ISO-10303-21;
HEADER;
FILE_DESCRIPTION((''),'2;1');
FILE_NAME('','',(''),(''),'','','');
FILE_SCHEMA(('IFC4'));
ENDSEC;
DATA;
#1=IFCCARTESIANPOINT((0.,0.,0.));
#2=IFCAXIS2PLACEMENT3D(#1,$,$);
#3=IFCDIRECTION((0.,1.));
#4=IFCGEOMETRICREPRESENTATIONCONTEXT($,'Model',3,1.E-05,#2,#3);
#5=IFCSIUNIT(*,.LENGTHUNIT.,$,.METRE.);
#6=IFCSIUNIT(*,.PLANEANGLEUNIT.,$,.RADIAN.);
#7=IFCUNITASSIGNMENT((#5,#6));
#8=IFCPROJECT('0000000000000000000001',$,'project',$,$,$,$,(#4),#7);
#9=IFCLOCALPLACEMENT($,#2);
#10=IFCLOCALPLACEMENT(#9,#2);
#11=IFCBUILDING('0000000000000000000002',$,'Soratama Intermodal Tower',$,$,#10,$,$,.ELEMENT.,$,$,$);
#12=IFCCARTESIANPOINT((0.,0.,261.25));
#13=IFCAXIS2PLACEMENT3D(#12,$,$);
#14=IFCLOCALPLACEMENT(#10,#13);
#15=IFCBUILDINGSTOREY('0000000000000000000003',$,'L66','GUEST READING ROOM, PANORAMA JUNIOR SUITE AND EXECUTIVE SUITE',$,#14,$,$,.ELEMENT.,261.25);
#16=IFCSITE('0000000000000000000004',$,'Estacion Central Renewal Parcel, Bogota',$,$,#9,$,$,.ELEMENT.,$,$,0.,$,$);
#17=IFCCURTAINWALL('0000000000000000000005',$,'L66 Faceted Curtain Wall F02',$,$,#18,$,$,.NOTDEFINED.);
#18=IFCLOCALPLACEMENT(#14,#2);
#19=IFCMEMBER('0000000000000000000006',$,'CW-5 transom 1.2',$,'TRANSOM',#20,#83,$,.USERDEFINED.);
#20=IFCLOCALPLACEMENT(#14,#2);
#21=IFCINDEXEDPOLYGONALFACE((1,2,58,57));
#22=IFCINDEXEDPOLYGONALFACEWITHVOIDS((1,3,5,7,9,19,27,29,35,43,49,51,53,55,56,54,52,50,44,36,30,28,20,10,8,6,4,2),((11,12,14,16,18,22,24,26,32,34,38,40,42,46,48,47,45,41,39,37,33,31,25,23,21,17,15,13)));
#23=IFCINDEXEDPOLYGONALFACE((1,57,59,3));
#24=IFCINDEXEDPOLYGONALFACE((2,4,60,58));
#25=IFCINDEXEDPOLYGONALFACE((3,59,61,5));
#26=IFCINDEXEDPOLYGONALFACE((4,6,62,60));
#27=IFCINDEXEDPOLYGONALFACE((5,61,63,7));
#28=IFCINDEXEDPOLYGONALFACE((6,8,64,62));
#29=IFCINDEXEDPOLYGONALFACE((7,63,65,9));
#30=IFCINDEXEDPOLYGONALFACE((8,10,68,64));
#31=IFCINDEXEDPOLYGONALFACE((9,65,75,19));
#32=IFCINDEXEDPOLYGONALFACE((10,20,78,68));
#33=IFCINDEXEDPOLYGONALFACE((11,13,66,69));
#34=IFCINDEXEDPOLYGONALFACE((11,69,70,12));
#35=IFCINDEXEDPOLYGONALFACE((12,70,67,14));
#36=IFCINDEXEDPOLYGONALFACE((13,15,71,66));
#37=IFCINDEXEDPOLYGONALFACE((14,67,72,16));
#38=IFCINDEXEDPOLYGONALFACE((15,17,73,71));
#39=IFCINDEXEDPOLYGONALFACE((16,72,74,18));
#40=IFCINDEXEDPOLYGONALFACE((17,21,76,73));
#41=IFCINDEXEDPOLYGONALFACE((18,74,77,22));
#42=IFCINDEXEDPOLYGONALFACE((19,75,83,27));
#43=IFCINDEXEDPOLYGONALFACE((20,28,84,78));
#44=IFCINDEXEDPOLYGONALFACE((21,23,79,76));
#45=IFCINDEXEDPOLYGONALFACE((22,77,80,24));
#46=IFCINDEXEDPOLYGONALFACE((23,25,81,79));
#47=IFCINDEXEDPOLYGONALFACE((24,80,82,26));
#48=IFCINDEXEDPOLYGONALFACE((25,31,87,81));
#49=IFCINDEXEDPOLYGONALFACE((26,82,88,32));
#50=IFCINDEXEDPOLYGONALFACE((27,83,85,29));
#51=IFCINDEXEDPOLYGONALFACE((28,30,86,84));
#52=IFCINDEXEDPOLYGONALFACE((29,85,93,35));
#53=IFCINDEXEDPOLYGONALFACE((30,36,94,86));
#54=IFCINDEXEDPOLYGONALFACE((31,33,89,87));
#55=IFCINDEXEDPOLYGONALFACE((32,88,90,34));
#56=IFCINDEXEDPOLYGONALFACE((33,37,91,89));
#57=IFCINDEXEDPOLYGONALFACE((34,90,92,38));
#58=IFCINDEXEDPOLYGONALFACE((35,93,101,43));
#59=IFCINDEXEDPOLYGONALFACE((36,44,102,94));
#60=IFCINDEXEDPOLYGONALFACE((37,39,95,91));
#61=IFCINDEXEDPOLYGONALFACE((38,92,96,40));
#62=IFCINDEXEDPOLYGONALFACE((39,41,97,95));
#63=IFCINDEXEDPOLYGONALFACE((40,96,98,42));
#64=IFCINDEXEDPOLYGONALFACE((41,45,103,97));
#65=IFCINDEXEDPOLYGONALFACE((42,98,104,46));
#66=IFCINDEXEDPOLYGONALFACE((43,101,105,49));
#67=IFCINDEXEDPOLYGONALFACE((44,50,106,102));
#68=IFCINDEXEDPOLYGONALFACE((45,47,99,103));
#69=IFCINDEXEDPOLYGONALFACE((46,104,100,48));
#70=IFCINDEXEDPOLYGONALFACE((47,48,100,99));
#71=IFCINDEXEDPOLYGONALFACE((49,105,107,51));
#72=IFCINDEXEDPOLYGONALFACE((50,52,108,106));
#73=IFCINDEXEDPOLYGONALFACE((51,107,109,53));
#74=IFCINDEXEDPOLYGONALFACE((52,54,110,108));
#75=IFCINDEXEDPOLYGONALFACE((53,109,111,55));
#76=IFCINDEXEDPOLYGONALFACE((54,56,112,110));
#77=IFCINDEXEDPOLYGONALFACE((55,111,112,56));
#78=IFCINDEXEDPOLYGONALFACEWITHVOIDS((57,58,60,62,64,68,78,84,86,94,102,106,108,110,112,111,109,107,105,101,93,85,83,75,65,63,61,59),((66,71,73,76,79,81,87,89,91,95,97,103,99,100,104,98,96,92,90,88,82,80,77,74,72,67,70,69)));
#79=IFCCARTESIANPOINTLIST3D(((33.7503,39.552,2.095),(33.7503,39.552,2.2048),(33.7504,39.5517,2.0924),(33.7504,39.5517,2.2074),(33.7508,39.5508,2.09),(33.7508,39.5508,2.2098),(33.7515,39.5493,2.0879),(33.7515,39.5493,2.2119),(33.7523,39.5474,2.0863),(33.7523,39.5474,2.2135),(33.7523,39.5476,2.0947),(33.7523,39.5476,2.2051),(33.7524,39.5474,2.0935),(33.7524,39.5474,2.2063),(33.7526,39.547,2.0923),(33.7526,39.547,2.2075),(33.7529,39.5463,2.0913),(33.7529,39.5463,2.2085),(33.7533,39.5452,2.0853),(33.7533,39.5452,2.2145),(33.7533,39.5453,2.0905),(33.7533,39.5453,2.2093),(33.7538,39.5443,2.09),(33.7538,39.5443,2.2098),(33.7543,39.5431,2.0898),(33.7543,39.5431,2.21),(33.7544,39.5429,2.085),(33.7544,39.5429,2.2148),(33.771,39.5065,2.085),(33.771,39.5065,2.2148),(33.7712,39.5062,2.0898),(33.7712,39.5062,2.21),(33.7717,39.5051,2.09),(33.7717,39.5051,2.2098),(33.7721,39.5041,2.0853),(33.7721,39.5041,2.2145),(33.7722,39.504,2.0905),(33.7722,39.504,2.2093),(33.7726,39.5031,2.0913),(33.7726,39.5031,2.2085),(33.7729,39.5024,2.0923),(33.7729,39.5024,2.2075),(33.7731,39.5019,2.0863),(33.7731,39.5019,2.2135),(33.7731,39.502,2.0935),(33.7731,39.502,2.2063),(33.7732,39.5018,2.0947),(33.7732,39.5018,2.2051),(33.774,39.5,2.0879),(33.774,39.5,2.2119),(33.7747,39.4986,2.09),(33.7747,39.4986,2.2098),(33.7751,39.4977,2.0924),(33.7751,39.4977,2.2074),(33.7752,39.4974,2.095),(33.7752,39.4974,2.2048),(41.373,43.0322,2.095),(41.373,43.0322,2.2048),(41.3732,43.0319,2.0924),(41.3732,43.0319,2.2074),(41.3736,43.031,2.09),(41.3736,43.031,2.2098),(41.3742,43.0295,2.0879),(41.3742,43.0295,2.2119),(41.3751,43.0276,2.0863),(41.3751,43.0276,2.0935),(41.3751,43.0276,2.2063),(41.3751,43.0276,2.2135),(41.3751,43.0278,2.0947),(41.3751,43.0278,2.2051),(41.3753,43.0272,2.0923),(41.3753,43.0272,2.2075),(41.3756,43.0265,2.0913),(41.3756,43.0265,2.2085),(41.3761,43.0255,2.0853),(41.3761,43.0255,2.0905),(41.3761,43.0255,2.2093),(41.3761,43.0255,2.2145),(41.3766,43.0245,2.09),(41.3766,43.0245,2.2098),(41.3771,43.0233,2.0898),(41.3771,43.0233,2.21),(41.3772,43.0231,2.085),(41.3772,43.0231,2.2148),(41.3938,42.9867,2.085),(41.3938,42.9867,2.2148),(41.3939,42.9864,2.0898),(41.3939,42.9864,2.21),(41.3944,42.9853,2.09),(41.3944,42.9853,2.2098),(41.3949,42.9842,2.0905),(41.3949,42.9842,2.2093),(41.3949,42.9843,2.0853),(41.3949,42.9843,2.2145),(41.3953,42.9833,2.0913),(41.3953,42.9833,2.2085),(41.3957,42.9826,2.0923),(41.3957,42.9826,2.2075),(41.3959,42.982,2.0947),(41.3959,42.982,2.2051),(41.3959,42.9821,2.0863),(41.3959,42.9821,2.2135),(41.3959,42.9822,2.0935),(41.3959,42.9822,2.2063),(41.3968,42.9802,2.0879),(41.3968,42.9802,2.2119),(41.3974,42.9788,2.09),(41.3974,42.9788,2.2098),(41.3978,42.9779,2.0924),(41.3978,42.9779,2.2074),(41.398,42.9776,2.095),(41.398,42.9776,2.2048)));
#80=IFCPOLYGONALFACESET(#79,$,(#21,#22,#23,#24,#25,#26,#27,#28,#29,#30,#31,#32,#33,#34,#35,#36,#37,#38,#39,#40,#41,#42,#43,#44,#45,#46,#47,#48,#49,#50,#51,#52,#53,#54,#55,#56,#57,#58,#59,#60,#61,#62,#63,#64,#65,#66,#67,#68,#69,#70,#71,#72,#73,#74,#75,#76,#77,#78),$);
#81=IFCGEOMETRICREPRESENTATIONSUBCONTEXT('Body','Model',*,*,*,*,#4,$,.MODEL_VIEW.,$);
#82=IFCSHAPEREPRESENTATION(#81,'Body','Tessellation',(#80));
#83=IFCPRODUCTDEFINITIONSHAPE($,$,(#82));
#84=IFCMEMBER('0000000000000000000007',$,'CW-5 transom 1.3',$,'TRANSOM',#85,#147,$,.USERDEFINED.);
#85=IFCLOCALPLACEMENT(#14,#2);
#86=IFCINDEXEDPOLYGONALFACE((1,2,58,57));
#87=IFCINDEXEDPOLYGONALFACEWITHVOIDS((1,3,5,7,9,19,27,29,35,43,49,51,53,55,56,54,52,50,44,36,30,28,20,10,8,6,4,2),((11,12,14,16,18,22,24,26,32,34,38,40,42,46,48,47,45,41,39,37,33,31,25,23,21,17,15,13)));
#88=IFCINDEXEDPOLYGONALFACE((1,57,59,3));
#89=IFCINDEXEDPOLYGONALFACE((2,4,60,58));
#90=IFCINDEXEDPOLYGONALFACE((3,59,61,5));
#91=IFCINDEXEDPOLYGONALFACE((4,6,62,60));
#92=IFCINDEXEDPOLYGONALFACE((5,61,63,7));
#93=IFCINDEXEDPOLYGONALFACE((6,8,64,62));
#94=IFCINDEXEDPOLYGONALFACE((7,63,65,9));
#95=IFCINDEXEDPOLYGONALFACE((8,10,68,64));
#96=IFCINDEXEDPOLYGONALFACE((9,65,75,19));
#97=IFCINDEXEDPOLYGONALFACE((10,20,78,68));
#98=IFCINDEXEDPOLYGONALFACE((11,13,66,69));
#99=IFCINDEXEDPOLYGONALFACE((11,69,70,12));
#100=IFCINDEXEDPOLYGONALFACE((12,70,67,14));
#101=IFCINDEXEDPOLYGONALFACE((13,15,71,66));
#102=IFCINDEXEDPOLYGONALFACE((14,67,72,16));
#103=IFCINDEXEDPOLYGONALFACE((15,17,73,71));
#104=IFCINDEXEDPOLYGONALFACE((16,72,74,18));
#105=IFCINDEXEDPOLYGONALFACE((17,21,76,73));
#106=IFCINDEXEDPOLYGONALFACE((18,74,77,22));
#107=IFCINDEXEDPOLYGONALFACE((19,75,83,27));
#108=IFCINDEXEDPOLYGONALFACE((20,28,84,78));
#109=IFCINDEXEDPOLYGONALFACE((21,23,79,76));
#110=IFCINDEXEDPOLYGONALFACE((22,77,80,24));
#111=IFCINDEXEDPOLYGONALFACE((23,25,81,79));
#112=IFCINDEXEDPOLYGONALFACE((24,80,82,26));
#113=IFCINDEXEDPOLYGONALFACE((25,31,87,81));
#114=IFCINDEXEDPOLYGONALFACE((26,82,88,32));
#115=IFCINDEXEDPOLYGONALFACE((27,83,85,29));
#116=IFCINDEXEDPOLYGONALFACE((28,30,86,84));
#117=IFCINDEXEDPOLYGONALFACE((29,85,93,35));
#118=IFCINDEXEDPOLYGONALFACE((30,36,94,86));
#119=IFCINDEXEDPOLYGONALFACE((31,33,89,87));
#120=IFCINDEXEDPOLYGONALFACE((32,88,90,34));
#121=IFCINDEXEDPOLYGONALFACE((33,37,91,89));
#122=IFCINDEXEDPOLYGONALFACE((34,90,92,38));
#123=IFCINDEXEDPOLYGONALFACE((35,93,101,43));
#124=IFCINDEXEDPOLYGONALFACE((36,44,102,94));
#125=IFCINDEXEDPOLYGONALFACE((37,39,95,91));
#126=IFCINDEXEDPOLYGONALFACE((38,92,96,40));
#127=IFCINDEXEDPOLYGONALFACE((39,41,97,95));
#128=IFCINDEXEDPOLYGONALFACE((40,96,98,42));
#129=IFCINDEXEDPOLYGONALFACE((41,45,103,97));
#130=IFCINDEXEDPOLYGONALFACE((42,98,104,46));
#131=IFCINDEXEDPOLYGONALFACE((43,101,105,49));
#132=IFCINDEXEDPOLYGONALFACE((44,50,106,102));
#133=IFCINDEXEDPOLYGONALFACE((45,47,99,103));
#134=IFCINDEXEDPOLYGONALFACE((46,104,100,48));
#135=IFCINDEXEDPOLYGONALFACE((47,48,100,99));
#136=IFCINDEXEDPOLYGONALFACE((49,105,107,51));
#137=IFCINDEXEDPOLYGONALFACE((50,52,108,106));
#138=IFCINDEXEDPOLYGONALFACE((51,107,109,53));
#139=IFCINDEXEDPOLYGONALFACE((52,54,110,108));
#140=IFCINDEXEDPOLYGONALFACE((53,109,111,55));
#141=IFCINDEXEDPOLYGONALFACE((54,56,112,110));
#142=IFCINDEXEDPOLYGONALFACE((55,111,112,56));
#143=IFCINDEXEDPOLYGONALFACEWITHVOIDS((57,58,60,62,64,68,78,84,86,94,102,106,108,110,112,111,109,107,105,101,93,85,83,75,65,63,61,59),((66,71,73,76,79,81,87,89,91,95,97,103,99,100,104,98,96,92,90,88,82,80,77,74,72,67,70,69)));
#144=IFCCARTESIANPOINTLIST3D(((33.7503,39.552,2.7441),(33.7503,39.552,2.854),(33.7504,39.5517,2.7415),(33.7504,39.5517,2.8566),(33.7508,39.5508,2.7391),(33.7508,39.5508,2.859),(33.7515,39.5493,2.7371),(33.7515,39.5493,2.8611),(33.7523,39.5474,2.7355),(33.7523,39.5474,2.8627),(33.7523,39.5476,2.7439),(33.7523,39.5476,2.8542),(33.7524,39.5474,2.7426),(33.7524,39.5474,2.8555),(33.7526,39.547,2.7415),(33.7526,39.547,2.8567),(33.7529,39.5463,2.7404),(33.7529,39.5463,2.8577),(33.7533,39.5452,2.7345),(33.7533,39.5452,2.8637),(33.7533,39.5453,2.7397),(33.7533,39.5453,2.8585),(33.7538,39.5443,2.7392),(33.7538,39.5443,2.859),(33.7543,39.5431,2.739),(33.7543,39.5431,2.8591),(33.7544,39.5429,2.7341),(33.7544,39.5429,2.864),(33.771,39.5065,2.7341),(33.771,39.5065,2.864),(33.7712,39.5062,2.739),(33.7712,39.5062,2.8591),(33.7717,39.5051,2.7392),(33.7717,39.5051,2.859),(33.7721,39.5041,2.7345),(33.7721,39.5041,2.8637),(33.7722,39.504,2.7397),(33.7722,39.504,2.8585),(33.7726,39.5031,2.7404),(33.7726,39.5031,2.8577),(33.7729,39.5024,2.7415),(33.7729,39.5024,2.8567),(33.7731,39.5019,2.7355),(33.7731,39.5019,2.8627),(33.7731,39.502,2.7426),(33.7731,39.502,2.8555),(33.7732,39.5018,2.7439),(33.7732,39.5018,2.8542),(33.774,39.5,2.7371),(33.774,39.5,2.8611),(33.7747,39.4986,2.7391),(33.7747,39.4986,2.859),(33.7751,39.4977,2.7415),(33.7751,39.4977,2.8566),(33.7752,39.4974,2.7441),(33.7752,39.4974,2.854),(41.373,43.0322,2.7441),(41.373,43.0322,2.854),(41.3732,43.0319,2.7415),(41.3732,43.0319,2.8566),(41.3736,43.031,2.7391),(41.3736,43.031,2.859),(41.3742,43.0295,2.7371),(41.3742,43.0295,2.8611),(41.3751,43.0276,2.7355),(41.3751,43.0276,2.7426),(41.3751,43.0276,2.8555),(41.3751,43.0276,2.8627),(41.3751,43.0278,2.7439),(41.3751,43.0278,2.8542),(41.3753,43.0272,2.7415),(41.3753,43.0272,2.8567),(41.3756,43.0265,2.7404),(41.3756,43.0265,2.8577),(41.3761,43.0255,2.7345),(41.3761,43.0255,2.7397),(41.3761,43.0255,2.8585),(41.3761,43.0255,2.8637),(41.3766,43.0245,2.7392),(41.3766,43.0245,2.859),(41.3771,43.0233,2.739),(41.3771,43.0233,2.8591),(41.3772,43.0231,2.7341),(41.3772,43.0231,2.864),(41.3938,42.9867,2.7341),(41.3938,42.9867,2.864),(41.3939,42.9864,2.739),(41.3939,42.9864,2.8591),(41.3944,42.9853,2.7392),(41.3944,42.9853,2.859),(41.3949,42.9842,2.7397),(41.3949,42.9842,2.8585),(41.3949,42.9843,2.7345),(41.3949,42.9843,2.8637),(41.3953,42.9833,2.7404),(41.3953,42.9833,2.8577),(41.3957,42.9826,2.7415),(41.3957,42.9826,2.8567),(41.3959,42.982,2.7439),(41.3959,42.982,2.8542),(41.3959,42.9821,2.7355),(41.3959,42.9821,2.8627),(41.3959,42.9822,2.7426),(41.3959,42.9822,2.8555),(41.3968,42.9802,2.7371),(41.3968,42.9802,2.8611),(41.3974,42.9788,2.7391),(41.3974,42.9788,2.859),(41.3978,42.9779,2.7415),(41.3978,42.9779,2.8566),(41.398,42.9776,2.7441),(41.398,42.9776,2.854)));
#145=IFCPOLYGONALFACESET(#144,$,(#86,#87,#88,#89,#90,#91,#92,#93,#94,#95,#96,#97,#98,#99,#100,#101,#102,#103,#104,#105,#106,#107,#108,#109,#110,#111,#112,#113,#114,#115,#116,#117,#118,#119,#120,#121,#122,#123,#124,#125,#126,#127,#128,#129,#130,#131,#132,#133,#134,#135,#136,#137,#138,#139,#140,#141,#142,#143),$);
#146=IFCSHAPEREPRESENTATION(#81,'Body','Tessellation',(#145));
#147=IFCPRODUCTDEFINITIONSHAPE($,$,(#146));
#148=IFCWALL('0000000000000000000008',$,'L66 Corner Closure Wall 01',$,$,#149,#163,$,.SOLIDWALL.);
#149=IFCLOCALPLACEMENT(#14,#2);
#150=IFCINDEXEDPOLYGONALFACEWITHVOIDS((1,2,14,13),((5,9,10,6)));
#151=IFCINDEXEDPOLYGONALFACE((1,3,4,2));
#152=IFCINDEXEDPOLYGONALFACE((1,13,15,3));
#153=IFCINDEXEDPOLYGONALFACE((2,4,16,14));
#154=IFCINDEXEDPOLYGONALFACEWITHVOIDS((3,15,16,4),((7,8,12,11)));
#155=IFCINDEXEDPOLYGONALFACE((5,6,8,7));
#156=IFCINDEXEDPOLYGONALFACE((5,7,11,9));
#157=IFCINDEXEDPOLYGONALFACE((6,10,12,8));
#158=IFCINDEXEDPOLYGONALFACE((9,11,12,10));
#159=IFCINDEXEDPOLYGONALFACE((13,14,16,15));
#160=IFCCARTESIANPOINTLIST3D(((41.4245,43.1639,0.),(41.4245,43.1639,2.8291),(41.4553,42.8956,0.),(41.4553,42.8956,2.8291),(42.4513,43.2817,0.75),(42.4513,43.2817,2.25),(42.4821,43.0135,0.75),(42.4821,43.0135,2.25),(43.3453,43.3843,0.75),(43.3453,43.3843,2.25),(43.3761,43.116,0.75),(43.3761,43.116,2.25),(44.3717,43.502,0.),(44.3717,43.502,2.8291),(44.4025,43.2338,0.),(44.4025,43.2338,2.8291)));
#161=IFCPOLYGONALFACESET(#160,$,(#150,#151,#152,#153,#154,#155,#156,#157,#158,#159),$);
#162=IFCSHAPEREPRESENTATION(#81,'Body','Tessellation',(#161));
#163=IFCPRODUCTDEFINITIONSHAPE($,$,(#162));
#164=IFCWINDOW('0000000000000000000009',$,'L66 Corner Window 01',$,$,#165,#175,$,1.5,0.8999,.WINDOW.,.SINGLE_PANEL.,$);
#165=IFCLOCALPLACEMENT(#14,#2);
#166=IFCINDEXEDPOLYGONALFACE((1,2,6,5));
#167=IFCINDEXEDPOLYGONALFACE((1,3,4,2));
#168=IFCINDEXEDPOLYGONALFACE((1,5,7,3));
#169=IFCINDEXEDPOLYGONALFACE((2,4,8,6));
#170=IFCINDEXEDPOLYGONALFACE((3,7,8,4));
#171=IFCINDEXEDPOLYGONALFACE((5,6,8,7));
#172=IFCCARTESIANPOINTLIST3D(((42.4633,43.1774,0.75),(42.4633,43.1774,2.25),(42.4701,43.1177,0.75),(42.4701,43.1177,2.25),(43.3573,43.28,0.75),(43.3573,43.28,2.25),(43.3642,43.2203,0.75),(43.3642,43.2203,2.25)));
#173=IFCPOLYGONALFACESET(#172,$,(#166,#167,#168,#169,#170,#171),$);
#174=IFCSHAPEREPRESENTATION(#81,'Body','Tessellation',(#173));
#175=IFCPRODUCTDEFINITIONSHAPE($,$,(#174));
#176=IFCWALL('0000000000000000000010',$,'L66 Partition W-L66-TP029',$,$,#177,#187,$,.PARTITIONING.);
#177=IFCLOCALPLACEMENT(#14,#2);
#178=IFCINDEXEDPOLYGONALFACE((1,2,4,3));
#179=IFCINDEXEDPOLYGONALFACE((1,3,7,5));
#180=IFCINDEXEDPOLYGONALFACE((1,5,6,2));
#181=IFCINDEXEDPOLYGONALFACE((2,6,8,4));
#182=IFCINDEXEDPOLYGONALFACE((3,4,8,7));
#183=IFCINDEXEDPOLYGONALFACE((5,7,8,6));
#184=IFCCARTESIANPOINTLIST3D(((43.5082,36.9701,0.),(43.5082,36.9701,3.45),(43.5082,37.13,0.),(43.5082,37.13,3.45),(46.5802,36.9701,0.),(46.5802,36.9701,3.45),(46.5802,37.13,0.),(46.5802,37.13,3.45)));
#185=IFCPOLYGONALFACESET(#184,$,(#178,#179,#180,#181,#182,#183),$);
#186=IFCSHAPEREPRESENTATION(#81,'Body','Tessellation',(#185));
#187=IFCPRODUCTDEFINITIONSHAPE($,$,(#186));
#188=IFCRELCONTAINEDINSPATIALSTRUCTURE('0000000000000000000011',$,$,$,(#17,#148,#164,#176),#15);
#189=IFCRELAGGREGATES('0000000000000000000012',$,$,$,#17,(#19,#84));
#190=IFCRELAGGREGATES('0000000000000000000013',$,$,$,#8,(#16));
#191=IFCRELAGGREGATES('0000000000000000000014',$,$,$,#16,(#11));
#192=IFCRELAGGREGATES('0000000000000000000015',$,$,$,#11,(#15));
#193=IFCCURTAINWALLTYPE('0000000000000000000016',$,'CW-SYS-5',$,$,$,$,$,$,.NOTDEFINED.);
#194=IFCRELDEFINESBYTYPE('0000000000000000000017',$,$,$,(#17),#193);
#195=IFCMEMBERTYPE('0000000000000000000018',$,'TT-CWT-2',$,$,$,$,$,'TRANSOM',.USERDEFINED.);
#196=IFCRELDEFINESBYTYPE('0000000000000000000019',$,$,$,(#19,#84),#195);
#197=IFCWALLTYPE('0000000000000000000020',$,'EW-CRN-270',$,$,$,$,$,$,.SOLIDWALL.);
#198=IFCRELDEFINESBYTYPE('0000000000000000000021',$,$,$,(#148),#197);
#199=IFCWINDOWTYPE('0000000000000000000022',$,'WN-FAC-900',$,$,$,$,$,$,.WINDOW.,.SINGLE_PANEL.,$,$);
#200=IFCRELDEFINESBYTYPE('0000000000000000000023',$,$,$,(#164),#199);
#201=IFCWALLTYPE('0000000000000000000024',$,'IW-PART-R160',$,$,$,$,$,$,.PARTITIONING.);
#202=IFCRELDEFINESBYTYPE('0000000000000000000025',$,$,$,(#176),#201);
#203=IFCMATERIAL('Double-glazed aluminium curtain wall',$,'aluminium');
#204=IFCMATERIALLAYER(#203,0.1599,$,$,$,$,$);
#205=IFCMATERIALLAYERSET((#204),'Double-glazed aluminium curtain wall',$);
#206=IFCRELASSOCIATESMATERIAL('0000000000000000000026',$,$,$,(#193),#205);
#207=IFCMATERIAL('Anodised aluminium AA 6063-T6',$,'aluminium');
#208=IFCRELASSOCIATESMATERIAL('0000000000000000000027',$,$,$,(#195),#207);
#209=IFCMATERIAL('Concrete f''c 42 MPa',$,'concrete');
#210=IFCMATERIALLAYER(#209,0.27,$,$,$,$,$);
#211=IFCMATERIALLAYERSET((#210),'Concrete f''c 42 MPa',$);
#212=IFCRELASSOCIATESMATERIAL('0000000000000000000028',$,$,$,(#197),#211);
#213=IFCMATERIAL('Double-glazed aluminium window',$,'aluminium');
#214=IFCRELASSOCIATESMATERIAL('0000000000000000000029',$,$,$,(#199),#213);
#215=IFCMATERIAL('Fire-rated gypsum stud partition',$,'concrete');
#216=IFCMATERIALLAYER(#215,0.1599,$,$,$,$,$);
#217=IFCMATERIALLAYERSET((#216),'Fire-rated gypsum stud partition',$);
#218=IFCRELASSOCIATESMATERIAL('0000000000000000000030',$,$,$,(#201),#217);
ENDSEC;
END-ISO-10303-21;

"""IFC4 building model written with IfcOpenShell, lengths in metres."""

from ifc_helpers import new_model, si_unit, direction, frame, frame_2d, origin, origin_2d, place, context, subcontext, project, spatial, rectangle, hollow_rectangle, extrude, material, layer, layer_set, material_profile, profile_set, type_object, element, fill, aggregate, save


model = new_model("IFC4")

# Units and contexts
model_context = context("Model", 3, precision=1e-05, world=origin(), true_north=direction((0.0, 1.0)))
body_context = subcontext(model_context, "Body", "Model", "MODEL_VIEW")
ifc_project = project(units=[si_unit("LENGTHUNIT", "METRE"), si_unit("PLANEANGLEUNIT", "RADIAN")], contexts=[model_context])

# Site, building, storey
site_placement = place(None, origin())
site = spatial("IfcSite", under=ifc_project, at=site_placement, Name="Estacion Central Renewal Parcel, Bogota", CompositionType="ELEMENT", RefElevation=0.0)
building_placement = place(site_placement, origin())
building = spatial("IfcBuilding", under=site, at=building_placement, Name="Soratama Intermodal Tower", CompositionType="ELEMENT")
storey_placement = place(building_placement, frame((0.0, 0.0, 261.25)))
storey = spatial("IfcBuildingStorey", under=building, at=storey_placement, Name="L66", Description="GUEST READING ROOM, PANORAMA JUNIOR SUITE AND EXECUTIVE SUITE", CompositionType="ELEMENT", Elevation=261.25)

# Curtain wall, members
ifc_material_1 = material(Name="Double-glazed aluminium curtain wall", Category="aluminium")
ifc_layer_1 = layer(ifc_material_1, 0.1599)
ifc_layer_set_1 = layer_set([ifc_layer_1], Name="Double-glazed aluminium curtain wall")
curtain_wall_type = type_object("IfcCurtainWallType", Name="CW-SYS-5", PredefinedType="NOTDEFINED", material=ifc_layer_set_1)
curtain_wall_placement = place(storey_placement, origin())
curtain_wall = element("IfcCurtainWall", 1, at=curtain_wall_placement, inside=storey, type_object=curtain_wall_type, Name="L66 Faceted Curtain Wall F02", PredefinedType="NOTDEFINED")
ifc_material_2 = material(Name="Anodised aluminium AA 6063-T6", Category="aluminium")
ifc_material_profile_1 = material_profile(ifc_material_2, hollow_rectangle(XDim=0.0601, YDim=0.1299, WallThickness=0.0049, InnerFilletRadius=0.0049, OuterFilletRadius=0.01, at=origin_2d()), Name="CWT130X60X5")
ifc_profile_set_1 = profile_set([ifc_material_profile_1], Name="Anodised aluminium AA 6063-T6")
member_type_1 = type_object("IfcMemberType", Name="TT-CWT-2", ElementType="TRANSOM", PredefinedType="USERDEFINED", material=ifc_profile_set_1)
member_1_placement = place(storey_placement, frame((41.3855, 43.0049, 2.1499), z_axis=(-0.909677, -0.415317, 0.0), x_axis=(0.415317, -0.909677, 0.0)))
member_1 = element("IfcMember", 2, at=member_1_placement, type_object=member_type_1, Name="CW-5 transom 1.2", ObjectType="TRANSOM", PredefinedType="USERDEFINED", context=body_context, shape_type="SweptSolid", body=[
    extrude(hollow_rectangle(XDim=0.0601, YDim=0.1299, WallThickness=0.0049, InnerFilletRadius=0.0049, OuterFilletRadius=0.01, at=origin_2d()), origin(), (0.0, 0.0, 1.0), 8.3796),
])
member_2_placement = place(storey_placement, frame((41.3855, 43.0049, 2.7991), z_axis=(-0.909677, -0.415317, 0.0), x_axis=(0.415317, -0.909677, 0.0)))
member_2 = element("IfcMember", 3, at=member_2_placement, type_object=member_type_1, Name="CW-5 transom 1.3", ObjectType="TRANSOM", PredefinedType="USERDEFINED", context=body_context, shape_type="SweptSolid", body=[
    extrude(hollow_rectangle(XDim=0.0601, YDim=0.1299, WallThickness=0.0049, InnerFilletRadius=0.0049, OuterFilletRadius=0.01, at=origin_2d()), origin(), (0.0, 0.0, 1.0), 8.3796),
])
aggregate(curtain_wall, [member_1, member_2])

# Wall, opening, window
ifc_material_3 = material(Name="Concrete f'c 42 MPa", Category="concrete")
ifc_layer_2 = layer(ifc_material_3, 0.27)
ifc_layer_set_2 = layer_set([ifc_layer_2], Name="Concrete f'c 42 MPa")
wall_type_1 = type_object("IfcWallType", Name="EW-CRN-270", PredefinedType="SOLIDWALL", material=ifc_layer_set_2)
wall_1_placement = place(storey_placement, frame((44.3872, 43.3679, 0.0), z_axis=(0.0, 0.0, 1.0), x_axis=(-0.993483, -0.113981, 0.0)))
wall_1 = element("IfcWall", 4, at=wall_1_placement, inside=storey, type_object=wall_type_1, Name="L66 Corner Closure Wall 01", PredefinedType="SOLIDWALL", context=body_context, shape_type="SweptSolid", body=[
    extrude(rectangle(XDim=2.9666, YDim=0.27, at=frame_2d((1.4834, 0.0))), origin(), (0.0, 0.0, 1.0), 2.8291),
])
opening_1_placement = place(wall_1_placement, frame((1.0332, 0.0, 0.75)))
opening_1 = element("IfcOpeningElement", 5, at=opening_1_placement, cuts=wall_1, PredefinedType="OPENING", context=body_context, shape_type="SweptSolid", body=[
    extrude(rectangle(XDim=0.8999, YDim=1.5, at=frame_2d((0.45, 0.75))), frame((0.0, 0.145, 0.0), z_axis=(0.0, -1.0, 0.0), x_axis=(1.0, 0.0, 0.0)), (0.0, 0.0, 1.0), 0.29),
])
ifc_material_4 = material(Name="Double-glazed aluminium window", Category="aluminium")
window_type = type_object("IfcWindowType", Name="WN-FAC-900", PartitioningType="SINGLE_PANEL", PredefinedType="WINDOW", material=ifc_material_4)
window_placement = place(opening_1_placement, origin())
window = element("IfcWindow", 6, at=window_placement, inside=storey, type_object=window_type, Name="L66 Corner Window 01", OverallHeight=1.5, OverallWidth=0.8999, PartitioningType="SINGLE_PANEL", PredefinedType="WINDOW", context=body_context, shape_type="SweptSolid", body=[
    extrude(rectangle(XDim=0.8999, YDim=1.5, at=frame_2d((0.45, 0.75))), frame((0.0, 0.03, 0.0), z_axis=(0.0, -1.0, 0.0), x_axis=(1.0, 0.0, 0.0)), (0.0, 0.0, 1.0), 0.0601),
])
fill(opening_1, window)

# Shared definitions
ifc_material_5 = material(Name="Fire-rated gypsum stud partition", Category="concrete")
ifc_layer_3 = layer(ifc_material_5, 0.1599)
ifc_layer_set_3 = layer_set([ifc_layer_3], Name="Fire-rated gypsum stud partition")
wall_type_2 = type_object("IfcWallType", Name="IW-PART-R160", PredefinedType="PARTITIONING", material=ifc_layer_set_3)

# Wall
wall_2_placement = place(storey_placement, frame((43.5081, 37.05, 0.0), z_axis=(0.0, 0.0, 1.0), x_axis=(1.0, 0.0, 0.0)))
element("IfcWall", 7, at=wall_2_placement, inside=storey, type_object=wall_type_2, Name="L66 Partition W-L66-TP029", PredefinedType="PARTITIONING", context=body_context, shape_type="SweptSolid", body=[
    extrude(rectangle(XDim=3.072, YDim=0.1599, at=frame_2d((1.5361, 0.0))), origin(), (0.0, 0.0, 1.0), 3.45),
])

save(model, "model.ifc")
